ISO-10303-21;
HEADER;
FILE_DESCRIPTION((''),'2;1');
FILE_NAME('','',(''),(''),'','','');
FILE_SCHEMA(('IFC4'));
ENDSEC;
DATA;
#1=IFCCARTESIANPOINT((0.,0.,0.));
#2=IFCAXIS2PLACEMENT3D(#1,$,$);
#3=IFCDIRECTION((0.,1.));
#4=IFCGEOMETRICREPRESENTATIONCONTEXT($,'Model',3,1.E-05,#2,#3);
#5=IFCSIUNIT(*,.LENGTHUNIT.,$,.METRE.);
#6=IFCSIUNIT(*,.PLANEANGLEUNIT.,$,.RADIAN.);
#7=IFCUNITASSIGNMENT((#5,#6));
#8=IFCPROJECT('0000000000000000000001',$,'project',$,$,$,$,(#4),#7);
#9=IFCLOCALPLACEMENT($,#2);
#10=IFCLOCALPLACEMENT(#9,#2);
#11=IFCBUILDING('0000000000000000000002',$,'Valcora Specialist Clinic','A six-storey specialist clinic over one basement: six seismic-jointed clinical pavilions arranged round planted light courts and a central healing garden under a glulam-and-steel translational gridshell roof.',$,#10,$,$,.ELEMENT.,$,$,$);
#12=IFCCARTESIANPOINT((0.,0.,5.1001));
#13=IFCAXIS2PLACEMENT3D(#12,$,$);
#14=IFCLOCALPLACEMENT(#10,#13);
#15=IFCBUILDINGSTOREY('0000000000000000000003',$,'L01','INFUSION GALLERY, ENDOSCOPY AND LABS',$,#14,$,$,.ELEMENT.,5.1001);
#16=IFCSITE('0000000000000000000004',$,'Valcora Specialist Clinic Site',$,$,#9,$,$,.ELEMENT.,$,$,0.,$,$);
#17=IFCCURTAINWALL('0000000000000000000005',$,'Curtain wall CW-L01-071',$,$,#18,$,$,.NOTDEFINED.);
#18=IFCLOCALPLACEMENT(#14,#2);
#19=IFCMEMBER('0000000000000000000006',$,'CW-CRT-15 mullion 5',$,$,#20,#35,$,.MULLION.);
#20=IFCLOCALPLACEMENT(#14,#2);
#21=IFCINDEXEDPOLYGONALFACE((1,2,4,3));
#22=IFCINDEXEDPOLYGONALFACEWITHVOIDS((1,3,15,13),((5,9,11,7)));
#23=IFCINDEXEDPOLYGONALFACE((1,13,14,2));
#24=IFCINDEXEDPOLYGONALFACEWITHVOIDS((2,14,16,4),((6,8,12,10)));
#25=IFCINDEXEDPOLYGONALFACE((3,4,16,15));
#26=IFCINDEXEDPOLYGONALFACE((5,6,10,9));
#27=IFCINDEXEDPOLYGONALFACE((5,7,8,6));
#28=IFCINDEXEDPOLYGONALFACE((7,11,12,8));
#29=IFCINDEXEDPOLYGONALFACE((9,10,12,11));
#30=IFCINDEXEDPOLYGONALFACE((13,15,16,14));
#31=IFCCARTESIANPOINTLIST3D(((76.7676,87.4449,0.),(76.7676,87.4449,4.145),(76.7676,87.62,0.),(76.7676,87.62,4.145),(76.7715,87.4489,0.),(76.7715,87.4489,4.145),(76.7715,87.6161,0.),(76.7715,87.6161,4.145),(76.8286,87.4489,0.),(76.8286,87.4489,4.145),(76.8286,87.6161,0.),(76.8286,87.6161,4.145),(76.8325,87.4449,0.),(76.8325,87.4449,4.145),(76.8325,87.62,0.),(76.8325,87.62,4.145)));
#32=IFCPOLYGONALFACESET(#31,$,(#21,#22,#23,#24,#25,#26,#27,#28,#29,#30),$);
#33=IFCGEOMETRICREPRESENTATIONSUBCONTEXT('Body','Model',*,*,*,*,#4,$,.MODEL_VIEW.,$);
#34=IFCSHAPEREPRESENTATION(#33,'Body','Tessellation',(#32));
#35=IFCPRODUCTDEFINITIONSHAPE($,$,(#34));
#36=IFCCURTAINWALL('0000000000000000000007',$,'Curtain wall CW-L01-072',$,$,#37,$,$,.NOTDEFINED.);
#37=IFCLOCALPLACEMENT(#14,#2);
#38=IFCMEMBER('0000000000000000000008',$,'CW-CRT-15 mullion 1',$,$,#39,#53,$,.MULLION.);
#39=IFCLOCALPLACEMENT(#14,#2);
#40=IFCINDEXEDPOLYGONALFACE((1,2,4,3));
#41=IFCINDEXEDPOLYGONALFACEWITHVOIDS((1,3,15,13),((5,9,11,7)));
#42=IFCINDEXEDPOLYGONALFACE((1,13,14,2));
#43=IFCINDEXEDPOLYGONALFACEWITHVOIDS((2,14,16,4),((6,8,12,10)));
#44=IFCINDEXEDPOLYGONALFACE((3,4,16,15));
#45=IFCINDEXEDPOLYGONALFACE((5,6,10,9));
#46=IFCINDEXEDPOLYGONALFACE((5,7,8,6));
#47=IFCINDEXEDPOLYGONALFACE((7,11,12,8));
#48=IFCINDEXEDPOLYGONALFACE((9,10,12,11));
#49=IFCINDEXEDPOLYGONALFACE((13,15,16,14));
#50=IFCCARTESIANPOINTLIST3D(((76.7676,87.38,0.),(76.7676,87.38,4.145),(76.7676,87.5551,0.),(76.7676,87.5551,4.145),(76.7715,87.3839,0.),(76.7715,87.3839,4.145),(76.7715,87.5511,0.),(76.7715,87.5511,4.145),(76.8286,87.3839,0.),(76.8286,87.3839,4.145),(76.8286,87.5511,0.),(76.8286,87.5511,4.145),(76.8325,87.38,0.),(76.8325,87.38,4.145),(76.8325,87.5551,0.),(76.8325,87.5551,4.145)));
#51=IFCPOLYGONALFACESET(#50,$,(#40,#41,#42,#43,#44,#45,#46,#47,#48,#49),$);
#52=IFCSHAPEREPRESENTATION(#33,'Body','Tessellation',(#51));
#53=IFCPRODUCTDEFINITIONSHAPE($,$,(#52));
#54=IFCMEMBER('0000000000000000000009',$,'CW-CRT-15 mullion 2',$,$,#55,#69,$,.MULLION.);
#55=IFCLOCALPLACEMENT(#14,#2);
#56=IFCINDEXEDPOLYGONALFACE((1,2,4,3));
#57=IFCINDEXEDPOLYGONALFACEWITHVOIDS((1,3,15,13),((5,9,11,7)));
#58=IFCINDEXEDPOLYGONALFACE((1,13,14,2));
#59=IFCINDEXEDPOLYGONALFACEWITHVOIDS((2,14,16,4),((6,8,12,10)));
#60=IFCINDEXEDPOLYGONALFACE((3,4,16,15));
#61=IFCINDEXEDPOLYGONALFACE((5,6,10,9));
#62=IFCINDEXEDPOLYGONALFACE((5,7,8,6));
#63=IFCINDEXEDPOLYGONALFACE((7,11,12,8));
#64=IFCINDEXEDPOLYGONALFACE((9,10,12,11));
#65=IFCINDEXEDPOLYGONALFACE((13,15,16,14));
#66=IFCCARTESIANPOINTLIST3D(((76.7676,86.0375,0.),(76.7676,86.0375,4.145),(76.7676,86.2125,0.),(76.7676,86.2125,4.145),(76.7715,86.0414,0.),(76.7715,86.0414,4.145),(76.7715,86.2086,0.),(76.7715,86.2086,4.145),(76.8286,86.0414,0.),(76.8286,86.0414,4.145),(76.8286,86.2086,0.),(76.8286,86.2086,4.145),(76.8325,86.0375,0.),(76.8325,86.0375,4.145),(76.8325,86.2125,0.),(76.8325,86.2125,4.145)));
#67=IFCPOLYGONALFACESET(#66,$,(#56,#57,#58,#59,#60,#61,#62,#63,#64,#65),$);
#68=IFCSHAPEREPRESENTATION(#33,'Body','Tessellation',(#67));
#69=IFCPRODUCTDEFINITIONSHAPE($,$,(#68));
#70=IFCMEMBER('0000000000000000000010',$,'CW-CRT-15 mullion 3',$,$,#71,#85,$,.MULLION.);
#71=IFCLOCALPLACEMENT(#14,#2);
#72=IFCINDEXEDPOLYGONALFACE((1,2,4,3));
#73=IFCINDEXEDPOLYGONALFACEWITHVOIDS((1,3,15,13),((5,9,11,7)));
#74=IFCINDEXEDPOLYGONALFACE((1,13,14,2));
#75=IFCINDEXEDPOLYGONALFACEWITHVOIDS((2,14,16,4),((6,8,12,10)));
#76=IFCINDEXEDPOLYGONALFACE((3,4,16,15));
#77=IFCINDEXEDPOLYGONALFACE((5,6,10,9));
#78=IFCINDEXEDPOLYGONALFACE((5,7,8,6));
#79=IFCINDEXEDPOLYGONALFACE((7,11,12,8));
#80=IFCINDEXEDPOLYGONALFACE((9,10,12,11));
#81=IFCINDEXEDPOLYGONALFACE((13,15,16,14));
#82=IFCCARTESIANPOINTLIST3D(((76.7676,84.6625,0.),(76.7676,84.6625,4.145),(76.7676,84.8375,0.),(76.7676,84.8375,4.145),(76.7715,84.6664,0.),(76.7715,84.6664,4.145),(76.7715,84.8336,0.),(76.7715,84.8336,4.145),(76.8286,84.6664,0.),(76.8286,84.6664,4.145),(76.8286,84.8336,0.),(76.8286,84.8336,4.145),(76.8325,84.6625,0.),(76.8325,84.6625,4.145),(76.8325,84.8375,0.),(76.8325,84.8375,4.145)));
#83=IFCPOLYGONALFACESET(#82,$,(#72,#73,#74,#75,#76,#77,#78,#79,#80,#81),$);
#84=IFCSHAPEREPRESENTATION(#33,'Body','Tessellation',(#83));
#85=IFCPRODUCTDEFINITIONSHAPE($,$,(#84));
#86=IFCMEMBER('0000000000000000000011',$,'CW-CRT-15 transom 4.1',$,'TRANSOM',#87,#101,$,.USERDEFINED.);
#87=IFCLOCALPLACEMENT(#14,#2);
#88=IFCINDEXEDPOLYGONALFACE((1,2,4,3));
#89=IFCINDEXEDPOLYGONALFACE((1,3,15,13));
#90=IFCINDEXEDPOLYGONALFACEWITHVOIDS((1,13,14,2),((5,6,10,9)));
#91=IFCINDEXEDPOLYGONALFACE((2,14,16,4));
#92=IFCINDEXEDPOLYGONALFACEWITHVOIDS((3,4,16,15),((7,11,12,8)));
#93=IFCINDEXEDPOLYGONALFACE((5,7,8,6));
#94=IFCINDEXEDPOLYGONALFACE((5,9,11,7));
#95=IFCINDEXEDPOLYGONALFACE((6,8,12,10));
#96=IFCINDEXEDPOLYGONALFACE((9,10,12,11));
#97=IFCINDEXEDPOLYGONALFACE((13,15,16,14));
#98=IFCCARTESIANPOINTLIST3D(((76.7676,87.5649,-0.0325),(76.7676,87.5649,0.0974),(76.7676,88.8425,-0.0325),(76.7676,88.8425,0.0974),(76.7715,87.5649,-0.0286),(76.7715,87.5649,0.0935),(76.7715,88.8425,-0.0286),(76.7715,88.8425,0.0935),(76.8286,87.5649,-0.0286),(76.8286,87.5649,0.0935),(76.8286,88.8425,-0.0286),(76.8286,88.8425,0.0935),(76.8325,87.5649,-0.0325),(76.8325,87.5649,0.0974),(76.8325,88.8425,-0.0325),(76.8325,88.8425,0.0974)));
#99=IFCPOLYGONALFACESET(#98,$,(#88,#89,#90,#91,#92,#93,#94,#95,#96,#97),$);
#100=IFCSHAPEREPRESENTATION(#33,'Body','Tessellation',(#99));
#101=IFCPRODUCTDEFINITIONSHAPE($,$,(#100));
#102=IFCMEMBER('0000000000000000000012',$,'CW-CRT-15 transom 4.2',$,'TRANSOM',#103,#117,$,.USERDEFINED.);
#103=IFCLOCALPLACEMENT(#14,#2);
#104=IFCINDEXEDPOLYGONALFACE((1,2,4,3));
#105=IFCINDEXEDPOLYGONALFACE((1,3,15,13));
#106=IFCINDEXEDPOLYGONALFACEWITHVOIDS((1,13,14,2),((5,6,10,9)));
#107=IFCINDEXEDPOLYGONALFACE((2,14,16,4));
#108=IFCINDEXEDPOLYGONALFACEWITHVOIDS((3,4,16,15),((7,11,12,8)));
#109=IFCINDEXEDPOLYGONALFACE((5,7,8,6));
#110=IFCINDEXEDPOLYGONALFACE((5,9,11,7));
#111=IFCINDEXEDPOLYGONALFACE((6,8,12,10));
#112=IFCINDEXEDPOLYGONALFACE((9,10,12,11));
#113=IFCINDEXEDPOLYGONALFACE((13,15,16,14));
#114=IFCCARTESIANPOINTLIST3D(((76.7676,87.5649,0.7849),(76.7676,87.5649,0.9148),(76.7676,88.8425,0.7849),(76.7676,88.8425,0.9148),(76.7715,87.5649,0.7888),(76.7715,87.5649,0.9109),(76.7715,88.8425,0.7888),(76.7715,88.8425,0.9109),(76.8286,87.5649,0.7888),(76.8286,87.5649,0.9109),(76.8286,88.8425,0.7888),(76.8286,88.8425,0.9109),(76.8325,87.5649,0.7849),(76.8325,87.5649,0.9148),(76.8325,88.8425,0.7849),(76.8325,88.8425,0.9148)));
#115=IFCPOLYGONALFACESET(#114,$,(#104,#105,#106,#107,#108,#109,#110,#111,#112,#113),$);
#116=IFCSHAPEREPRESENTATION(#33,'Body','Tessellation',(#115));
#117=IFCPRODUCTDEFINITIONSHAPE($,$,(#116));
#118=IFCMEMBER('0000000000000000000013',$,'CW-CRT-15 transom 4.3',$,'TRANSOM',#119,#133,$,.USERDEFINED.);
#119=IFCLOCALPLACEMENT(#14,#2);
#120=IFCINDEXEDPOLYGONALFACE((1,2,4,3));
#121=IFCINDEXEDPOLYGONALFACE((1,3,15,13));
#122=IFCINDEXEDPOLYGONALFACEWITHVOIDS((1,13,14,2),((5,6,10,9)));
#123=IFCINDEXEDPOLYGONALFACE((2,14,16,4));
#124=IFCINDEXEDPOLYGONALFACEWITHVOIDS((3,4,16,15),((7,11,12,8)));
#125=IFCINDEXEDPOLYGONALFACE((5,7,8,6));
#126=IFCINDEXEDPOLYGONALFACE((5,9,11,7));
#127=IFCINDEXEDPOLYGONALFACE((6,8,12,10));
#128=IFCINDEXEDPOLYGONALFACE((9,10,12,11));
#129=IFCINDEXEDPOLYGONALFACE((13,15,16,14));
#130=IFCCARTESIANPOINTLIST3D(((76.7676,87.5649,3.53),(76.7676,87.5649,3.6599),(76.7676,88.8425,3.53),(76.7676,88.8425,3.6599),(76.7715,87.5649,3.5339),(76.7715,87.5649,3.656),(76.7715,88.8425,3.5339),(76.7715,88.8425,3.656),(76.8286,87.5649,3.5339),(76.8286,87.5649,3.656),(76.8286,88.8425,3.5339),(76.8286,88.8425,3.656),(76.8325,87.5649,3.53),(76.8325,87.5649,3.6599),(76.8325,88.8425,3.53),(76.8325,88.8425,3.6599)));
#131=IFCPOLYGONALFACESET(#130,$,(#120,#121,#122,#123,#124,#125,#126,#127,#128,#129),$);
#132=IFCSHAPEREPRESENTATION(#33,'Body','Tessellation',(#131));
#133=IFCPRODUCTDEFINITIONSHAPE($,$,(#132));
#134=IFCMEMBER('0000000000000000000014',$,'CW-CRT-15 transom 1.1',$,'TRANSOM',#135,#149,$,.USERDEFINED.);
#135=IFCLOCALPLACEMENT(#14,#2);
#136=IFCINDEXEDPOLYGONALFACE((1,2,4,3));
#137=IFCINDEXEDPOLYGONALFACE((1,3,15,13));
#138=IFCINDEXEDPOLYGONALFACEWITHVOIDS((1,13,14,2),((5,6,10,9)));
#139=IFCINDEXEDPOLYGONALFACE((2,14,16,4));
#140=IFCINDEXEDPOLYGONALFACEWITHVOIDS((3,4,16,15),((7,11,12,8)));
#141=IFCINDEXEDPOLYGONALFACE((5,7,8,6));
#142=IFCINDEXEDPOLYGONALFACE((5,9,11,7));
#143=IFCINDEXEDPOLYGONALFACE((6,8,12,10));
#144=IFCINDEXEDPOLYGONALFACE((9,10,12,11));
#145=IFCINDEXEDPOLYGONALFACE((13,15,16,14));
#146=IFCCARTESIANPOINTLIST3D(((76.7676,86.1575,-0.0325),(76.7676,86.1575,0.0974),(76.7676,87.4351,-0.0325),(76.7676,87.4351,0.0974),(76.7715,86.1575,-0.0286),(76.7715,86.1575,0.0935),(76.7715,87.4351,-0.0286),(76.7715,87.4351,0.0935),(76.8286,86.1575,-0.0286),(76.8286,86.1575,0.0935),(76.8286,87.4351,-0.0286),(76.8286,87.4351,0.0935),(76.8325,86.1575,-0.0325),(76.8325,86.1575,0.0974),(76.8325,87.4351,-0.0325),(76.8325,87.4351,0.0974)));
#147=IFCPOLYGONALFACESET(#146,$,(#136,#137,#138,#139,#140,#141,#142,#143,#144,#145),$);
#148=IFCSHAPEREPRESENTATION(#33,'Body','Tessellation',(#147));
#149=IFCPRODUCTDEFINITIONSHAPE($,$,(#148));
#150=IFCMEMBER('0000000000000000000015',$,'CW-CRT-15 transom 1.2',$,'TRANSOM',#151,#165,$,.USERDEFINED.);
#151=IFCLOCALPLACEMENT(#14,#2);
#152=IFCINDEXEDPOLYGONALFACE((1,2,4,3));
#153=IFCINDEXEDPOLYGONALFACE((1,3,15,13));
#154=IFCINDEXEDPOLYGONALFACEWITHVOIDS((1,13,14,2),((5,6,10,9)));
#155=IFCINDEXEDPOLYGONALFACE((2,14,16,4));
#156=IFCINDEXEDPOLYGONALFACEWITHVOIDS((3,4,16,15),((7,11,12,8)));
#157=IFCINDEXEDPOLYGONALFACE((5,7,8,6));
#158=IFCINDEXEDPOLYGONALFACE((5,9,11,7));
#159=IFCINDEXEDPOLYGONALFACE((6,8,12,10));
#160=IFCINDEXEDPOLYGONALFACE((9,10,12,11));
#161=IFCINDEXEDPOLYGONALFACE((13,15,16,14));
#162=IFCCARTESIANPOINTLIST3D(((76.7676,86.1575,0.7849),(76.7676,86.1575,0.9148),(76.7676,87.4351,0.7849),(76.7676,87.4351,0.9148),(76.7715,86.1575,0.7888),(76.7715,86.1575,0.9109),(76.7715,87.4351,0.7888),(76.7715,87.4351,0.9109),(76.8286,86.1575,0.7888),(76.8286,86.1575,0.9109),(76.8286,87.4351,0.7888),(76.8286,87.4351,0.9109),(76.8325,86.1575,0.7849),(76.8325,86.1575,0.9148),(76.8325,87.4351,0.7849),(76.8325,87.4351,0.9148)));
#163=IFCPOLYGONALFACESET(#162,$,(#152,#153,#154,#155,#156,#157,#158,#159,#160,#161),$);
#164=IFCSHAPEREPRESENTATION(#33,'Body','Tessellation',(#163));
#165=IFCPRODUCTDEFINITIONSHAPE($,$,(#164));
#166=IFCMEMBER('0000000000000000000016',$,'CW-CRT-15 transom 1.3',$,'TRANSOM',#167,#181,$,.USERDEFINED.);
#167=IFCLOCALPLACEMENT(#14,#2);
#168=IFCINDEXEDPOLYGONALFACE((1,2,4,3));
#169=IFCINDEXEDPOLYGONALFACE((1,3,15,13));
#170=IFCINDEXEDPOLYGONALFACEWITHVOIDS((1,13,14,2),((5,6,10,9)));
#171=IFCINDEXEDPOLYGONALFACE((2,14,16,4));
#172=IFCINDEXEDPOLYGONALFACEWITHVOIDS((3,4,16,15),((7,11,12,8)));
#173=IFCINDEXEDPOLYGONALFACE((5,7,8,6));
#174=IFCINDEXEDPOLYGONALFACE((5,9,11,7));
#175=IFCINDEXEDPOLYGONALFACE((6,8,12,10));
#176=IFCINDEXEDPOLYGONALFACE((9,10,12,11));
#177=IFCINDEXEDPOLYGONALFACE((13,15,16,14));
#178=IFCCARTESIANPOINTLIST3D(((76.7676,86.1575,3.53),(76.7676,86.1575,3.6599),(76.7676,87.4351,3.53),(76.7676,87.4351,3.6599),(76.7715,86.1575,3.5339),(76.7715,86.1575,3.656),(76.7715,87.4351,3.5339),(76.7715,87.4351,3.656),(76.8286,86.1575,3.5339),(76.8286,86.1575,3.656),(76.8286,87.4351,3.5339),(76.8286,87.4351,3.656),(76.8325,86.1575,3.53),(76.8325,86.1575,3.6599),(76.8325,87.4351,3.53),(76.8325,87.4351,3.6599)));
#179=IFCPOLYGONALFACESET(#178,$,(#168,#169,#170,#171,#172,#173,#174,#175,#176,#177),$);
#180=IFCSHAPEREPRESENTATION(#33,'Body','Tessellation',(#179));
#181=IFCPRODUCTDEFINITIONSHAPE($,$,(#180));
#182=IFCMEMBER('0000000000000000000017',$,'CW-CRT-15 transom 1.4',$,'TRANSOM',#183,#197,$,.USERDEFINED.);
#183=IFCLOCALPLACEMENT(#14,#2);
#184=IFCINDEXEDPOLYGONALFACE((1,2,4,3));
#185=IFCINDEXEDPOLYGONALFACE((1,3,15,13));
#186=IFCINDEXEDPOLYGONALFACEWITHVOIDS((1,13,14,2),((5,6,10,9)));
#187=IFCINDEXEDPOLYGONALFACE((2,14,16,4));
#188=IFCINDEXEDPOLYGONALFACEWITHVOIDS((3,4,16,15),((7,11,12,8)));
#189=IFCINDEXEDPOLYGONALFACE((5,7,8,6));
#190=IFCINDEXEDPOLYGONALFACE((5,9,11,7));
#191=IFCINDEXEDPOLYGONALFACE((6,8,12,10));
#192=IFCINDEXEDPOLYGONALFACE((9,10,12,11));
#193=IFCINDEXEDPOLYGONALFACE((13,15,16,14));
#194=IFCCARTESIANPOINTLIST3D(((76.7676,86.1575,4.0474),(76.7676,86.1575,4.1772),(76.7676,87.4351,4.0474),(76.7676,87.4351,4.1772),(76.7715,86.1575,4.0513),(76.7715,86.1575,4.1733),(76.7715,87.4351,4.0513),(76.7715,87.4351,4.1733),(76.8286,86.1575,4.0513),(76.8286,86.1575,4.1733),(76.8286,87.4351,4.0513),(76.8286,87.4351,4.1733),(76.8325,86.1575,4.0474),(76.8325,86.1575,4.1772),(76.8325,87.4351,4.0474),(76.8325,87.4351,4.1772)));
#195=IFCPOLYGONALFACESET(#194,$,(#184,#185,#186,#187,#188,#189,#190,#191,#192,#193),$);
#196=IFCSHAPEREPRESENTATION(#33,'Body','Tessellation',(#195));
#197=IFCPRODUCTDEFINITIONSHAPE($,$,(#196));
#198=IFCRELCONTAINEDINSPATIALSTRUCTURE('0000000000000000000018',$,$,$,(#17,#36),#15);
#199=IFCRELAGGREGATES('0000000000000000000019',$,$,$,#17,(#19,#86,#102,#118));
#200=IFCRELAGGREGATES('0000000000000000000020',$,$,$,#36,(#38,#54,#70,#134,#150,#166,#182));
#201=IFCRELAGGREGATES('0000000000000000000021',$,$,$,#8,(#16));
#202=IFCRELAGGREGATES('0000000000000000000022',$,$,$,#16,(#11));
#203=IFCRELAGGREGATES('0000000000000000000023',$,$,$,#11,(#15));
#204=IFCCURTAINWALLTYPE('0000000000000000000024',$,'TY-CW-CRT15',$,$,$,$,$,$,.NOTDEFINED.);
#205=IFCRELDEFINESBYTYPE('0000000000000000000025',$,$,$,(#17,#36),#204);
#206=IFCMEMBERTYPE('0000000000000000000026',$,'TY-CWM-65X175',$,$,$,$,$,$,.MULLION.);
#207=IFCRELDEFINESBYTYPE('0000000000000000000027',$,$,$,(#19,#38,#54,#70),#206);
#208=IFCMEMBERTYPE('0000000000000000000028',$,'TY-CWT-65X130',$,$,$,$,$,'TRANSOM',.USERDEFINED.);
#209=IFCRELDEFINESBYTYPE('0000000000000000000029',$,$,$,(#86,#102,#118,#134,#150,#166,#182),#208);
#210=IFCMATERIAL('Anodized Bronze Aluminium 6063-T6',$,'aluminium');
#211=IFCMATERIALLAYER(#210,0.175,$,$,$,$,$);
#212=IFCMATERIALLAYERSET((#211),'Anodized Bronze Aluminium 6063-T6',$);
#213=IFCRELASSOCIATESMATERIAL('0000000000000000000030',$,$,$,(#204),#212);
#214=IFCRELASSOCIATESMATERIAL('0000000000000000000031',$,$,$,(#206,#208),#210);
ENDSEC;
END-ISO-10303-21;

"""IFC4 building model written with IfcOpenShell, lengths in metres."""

from ifc_helpers import new_model, si_unit, direction, frame, origin, origin_2d, place, context, subcontext, project, spatial, hollow_rectangle, extrude, material, layer, layer_set, material_profile, profile_set, type_object, element, aggregate, save


model = new_model("IFC4")

# Units and contexts
model_context = context("Model", 3, precision=1e-05, world=origin(), true_north=direction((0.0, 1.0)))
body_context = subcontext(model_context, "Body", "Model", "MODEL_VIEW")
ifc_project = project(units=[si_unit("LENGTHUNIT", "METRE"), si_unit("PLANEANGLEUNIT", "RADIAN")], contexts=[model_context])

# Site, building, storey
site_placement = place(None, origin())
site = spatial("IfcSite", under=ifc_project, at=site_placement, Name="Valcora Specialist Clinic Site", CompositionType="ELEMENT", RefElevation=0.0)
building_placement = place(site_placement, origin())
building = spatial("IfcBuilding", under=site, at=building_placement, Name="Valcora Specialist Clinic", Description="A six-storey specialist clinic over one basement: six seismic-jointed clinical pavilions arranged round planted light courts and a central healing garden under a glulam-and-steel translational gridshell roof.", CompositionType="ELEMENT")
storey_placement = place(building_placement, frame((0.0, 0.0, 5.1001)))
storey = spatial("IfcBuildingStorey", under=building, at=storey_placement, Name="L01", Description="INFUSION GALLERY, ENDOSCOPY AND LABS", CompositionType="ELEMENT", Elevation=5.1001)

# Curtain wall, member
ifc_material_1 = material(Name="Anodized Bronze Aluminium 6063-T6", Category="aluminium")
ifc_layer_1 = layer(ifc_material_1, 0.175)
ifc_layer_set_1 = layer_set([ifc_layer_1], Name="Anodized Bronze Aluminium 6063-T6")
curtain_wall_type = type_object("IfcCurtainWallType", Name="TY-CW-CRT15", PredefinedType="NOTDEFINED", material=ifc_layer_set_1)
curtain_wall_1_placement = place(storey_placement, origin())
curtain_wall_1 = element("IfcCurtainWall", 1, at=curtain_wall_1_placement, inside=storey, type_object=curtain_wall_type, Name="Curtain wall CW-L01-071", PredefinedType="NOTDEFINED")
ifc_material_profile_1 = material_profile(ifc_material_1, hollow_rectangle(XDim=0.0649, YDim=0.175, WallThickness=0.0039, at=origin_2d()), Name="AL-MUL-65X175")
ifc_profile_set_1 = profile_set([ifc_material_profile_1], Name="Anodized Bronze Aluminium 6063-T6")
member_type_1 = type_object("IfcMemberType", Name="TY-CWM-65X175", PredefinedType="MULLION", material=ifc_profile_set_1)
member_1_placement = place(storey_placement, frame((76.8, 87.5325, 0.0), z_axis=(0.0, 0.0, 1.0), x_axis=(1.0, 0.0, 0.0)))
member_1 = element("IfcMember", 2, at=member_1_placement, type_object=member_type_1, Name="CW-CRT-15 mullion 5", PredefinedType="MULLION", context=body_context, shape_type="SweptSolid", body=[
    extrude(hollow_rectangle(XDim=0.0649, YDim=0.175, WallThickness=0.0039, at=origin_2d()), origin(), (0.0, 0.0, 1.0), 4.145),
])

# Curtain wall, members
curtain_wall_2_placement = place(storey_placement, origin())
curtain_wall_2 = element("IfcCurtainWall", 3, at=curtain_wall_2_placement, inside=storey, type_object=curtain_wall_type, Name="Curtain wall CW-L01-072", PredefinedType="NOTDEFINED")
member_2_placement = place(storey_placement, frame((76.8, 87.4675, 0.0), z_axis=(0.0, 0.0, 1.0), x_axis=(1.0, 0.0, 0.0)))
member_2 = element("IfcMember", 4, at=member_2_placement, type_object=member_type_1, Name="CW-CRT-15 mullion 1", PredefinedType="MULLION", context=body_context, shape_type="SweptSolid", body=[
    extrude(hollow_rectangle(XDim=0.0649, YDim=0.175, WallThickness=0.0039, at=origin_2d()), origin(), (0.0, 0.0, 1.0), 4.145),
])
member_3_placement = place(storey_placement, frame((76.8, 86.125, 0.0), z_axis=(0.0, 0.0, 1.0), x_axis=(1.0, 0.0, 0.0)))
member_3 = element("IfcMember", 5, at=member_3_placement, type_object=member_type_1, Name="CW-CRT-15 mullion 2", PredefinedType="MULLION", context=body_context, shape_type="SweptSolid", body=[
    extrude(hollow_rectangle(XDim=0.0649, YDim=0.175, WallThickness=0.0039, at=origin_2d()), origin(), (0.0, 0.0, 1.0), 4.145),
])
member_4_placement = place(storey_placement, frame((76.8, 84.75, 0.0), z_axis=(0.0, 0.0, 1.0), x_axis=(1.0, 0.0, 0.0)))
member_4 = element("IfcMember", 6, at=member_4_placement, type_object=member_type_1, Name="CW-CRT-15 mullion 3", PredefinedType="MULLION", context=body_context, shape_type="SweptSolid", body=[
    extrude(hollow_rectangle(XDim=0.0649, YDim=0.175, WallThickness=0.0039, at=origin_2d()), origin(), (0.0, 0.0, 1.0), 4.145),
])

# Members
ifc_material_profile_2 = material_profile(ifc_material_1, hollow_rectangle(XDim=0.0649, YDim=0.1299, WallThickness=0.0039, at=origin_2d()), Name="AL-TRN-65X130")
ifc_profile_set_2 = profile_set([ifc_material_profile_2], Name="Anodized Bronze Aluminium 6063-T6")
member_type_2 = type_object("IfcMemberType", Name="TY-CWT-65X130", ElementType="TRANSOM", PredefinedType="USERDEFINED", material=ifc_profile_set_2)
member_5_placement = place(storey_placement, frame((76.8, 88.8425, 0.0325), z_axis=(0.0, -1.0, 0.0), x_axis=(1.0, 0.0, 0.0)))
member_5 = element("IfcMember", 7, at=member_5_placement, type_object=member_type_2, Name="CW-CRT-15 transom 4.1", ObjectType="TRANSOM", PredefinedType="USERDEFINED", context=body_context, shape_type="SweptSolid", body=[
    extrude(hollow_rectangle(XDim=0.0649, YDim=0.1299, WallThickness=0.0039, at=origin_2d()), origin(), (0.0, 0.0, 1.0), 1.2776),
])
member_6_placement = place(storey_placement, frame((76.8, 88.8425, 0.8499), z_axis=(0.0, -1.0, 0.0), x_axis=(1.0, 0.0, 0.0)))
member_6 = element("IfcMember", 8, at=member_6_placement, type_object=member_type_2, Name="CW-CRT-15 transom 4.2", ObjectType="TRANSOM", PredefinedType="USERDEFINED", context=body_context, shape_type="SweptSolid", body=[
    extrude(hollow_rectangle(XDim=0.0649, YDim=0.1299, WallThickness=0.0039, at=origin_2d()), origin(), (0.0, 0.0, 1.0), 1.2776),
])
member_7_placement = place(storey_placement, frame((76.8, 88.8425, 3.595), z_axis=(0.0, -1.0, 0.0), x_axis=(1.0, 0.0, 0.0)))
member_7 = element("IfcMember", 9, at=member_7_placement, type_object=member_type_2, Name="CW-CRT-15 transom 4.3", ObjectType="TRANSOM", PredefinedType="USERDEFINED", context=body_context, shape_type="SweptSolid", body=[
    extrude(hollow_rectangle(XDim=0.0649, YDim=0.1299, WallThickness=0.0039, at=origin_2d()), origin(), (0.0, 0.0, 1.0), 1.2776),
])
member_8_placement = place(storey_placement, frame((76.8, 87.4351, 0.0325), z_axis=(0.0, -1.0, 0.0), x_axis=(1.0, 0.0, 0.0)))
member_8 = element("IfcMember", 10, at=member_8_placement, type_object=member_type_2, Name="CW-CRT-15 transom 1.1", ObjectType="TRANSOM", PredefinedType="USERDEFINED", context=body_context, shape_type="SweptSolid", body=[
    extrude(hollow_rectangle(XDim=0.0649, YDim=0.1299, WallThickness=0.0039, at=origin_2d()), origin(), (0.0, 0.0, 1.0), 1.2776),
])
member_9_placement = place(storey_placement, frame((76.8, 87.4351, 0.8499), z_axis=(0.0, -1.0, 0.0), x_axis=(1.0, 0.0, 0.0)))
member_9 = element("IfcMember", 11, at=member_9_placement, type_object=member_type_2, Name="CW-CRT-15 transom 1.2", ObjectType="TRANSOM", PredefinedType="USERDEFINED", context=body_context, shape_type="SweptSolid", body=[
    extrude(hollow_rectangle(XDim=0.0649, YDim=0.1299, WallThickness=0.0039, at=origin_2d()), origin(), (0.0, 0.0, 1.0), 1.2776),
])
member_10_placement = place(storey_placement, frame((76.8, 87.4351, 3.595), z_axis=(0.0, -1.0, 0.0), x_axis=(1.0, 0.0, 0.0)))
member_10 = element("IfcMember", 12, at=member_10_placement, type_object=member_type_2, Name="CW-CRT-15 transom 1.3", ObjectType="TRANSOM", PredefinedType="USERDEFINED", context=body_context, shape_type="SweptSolid", body=[
    extrude(hollow_rectangle(XDim=0.0649, YDim=0.1299, WallThickness=0.0039, at=origin_2d()), origin(), (0.0, 0.0, 1.0), 1.2776),
])
member_11_placement = place(storey_placement, frame((76.8, 87.4351, 4.1123), z_axis=(0.0, -1.0, 0.0), x_axis=(1.0, 0.0, 0.0)))
member_11 = element("IfcMember", 13, at=member_11_placement, type_object=member_type_2, Name="CW-CRT-15 transom 1.4", ObjectType="TRANSOM", PredefinedType="USERDEFINED", context=body_context, shape_type="SweptSolid", body=[
    extrude(hollow_rectangle(XDim=0.0649, YDim=0.1299, WallThickness=0.0039, at=origin_2d()), origin(), (0.0, 0.0, 1.0), 1.2776),
])

aggregate(curtain_wall_1, [member_1, member_5, member_6, member_7])
aggregate(curtain_wall_2, [member_2, member_3, member_4, member_8, member_9, member_10, member_11])

save(model, "model.ifc")
